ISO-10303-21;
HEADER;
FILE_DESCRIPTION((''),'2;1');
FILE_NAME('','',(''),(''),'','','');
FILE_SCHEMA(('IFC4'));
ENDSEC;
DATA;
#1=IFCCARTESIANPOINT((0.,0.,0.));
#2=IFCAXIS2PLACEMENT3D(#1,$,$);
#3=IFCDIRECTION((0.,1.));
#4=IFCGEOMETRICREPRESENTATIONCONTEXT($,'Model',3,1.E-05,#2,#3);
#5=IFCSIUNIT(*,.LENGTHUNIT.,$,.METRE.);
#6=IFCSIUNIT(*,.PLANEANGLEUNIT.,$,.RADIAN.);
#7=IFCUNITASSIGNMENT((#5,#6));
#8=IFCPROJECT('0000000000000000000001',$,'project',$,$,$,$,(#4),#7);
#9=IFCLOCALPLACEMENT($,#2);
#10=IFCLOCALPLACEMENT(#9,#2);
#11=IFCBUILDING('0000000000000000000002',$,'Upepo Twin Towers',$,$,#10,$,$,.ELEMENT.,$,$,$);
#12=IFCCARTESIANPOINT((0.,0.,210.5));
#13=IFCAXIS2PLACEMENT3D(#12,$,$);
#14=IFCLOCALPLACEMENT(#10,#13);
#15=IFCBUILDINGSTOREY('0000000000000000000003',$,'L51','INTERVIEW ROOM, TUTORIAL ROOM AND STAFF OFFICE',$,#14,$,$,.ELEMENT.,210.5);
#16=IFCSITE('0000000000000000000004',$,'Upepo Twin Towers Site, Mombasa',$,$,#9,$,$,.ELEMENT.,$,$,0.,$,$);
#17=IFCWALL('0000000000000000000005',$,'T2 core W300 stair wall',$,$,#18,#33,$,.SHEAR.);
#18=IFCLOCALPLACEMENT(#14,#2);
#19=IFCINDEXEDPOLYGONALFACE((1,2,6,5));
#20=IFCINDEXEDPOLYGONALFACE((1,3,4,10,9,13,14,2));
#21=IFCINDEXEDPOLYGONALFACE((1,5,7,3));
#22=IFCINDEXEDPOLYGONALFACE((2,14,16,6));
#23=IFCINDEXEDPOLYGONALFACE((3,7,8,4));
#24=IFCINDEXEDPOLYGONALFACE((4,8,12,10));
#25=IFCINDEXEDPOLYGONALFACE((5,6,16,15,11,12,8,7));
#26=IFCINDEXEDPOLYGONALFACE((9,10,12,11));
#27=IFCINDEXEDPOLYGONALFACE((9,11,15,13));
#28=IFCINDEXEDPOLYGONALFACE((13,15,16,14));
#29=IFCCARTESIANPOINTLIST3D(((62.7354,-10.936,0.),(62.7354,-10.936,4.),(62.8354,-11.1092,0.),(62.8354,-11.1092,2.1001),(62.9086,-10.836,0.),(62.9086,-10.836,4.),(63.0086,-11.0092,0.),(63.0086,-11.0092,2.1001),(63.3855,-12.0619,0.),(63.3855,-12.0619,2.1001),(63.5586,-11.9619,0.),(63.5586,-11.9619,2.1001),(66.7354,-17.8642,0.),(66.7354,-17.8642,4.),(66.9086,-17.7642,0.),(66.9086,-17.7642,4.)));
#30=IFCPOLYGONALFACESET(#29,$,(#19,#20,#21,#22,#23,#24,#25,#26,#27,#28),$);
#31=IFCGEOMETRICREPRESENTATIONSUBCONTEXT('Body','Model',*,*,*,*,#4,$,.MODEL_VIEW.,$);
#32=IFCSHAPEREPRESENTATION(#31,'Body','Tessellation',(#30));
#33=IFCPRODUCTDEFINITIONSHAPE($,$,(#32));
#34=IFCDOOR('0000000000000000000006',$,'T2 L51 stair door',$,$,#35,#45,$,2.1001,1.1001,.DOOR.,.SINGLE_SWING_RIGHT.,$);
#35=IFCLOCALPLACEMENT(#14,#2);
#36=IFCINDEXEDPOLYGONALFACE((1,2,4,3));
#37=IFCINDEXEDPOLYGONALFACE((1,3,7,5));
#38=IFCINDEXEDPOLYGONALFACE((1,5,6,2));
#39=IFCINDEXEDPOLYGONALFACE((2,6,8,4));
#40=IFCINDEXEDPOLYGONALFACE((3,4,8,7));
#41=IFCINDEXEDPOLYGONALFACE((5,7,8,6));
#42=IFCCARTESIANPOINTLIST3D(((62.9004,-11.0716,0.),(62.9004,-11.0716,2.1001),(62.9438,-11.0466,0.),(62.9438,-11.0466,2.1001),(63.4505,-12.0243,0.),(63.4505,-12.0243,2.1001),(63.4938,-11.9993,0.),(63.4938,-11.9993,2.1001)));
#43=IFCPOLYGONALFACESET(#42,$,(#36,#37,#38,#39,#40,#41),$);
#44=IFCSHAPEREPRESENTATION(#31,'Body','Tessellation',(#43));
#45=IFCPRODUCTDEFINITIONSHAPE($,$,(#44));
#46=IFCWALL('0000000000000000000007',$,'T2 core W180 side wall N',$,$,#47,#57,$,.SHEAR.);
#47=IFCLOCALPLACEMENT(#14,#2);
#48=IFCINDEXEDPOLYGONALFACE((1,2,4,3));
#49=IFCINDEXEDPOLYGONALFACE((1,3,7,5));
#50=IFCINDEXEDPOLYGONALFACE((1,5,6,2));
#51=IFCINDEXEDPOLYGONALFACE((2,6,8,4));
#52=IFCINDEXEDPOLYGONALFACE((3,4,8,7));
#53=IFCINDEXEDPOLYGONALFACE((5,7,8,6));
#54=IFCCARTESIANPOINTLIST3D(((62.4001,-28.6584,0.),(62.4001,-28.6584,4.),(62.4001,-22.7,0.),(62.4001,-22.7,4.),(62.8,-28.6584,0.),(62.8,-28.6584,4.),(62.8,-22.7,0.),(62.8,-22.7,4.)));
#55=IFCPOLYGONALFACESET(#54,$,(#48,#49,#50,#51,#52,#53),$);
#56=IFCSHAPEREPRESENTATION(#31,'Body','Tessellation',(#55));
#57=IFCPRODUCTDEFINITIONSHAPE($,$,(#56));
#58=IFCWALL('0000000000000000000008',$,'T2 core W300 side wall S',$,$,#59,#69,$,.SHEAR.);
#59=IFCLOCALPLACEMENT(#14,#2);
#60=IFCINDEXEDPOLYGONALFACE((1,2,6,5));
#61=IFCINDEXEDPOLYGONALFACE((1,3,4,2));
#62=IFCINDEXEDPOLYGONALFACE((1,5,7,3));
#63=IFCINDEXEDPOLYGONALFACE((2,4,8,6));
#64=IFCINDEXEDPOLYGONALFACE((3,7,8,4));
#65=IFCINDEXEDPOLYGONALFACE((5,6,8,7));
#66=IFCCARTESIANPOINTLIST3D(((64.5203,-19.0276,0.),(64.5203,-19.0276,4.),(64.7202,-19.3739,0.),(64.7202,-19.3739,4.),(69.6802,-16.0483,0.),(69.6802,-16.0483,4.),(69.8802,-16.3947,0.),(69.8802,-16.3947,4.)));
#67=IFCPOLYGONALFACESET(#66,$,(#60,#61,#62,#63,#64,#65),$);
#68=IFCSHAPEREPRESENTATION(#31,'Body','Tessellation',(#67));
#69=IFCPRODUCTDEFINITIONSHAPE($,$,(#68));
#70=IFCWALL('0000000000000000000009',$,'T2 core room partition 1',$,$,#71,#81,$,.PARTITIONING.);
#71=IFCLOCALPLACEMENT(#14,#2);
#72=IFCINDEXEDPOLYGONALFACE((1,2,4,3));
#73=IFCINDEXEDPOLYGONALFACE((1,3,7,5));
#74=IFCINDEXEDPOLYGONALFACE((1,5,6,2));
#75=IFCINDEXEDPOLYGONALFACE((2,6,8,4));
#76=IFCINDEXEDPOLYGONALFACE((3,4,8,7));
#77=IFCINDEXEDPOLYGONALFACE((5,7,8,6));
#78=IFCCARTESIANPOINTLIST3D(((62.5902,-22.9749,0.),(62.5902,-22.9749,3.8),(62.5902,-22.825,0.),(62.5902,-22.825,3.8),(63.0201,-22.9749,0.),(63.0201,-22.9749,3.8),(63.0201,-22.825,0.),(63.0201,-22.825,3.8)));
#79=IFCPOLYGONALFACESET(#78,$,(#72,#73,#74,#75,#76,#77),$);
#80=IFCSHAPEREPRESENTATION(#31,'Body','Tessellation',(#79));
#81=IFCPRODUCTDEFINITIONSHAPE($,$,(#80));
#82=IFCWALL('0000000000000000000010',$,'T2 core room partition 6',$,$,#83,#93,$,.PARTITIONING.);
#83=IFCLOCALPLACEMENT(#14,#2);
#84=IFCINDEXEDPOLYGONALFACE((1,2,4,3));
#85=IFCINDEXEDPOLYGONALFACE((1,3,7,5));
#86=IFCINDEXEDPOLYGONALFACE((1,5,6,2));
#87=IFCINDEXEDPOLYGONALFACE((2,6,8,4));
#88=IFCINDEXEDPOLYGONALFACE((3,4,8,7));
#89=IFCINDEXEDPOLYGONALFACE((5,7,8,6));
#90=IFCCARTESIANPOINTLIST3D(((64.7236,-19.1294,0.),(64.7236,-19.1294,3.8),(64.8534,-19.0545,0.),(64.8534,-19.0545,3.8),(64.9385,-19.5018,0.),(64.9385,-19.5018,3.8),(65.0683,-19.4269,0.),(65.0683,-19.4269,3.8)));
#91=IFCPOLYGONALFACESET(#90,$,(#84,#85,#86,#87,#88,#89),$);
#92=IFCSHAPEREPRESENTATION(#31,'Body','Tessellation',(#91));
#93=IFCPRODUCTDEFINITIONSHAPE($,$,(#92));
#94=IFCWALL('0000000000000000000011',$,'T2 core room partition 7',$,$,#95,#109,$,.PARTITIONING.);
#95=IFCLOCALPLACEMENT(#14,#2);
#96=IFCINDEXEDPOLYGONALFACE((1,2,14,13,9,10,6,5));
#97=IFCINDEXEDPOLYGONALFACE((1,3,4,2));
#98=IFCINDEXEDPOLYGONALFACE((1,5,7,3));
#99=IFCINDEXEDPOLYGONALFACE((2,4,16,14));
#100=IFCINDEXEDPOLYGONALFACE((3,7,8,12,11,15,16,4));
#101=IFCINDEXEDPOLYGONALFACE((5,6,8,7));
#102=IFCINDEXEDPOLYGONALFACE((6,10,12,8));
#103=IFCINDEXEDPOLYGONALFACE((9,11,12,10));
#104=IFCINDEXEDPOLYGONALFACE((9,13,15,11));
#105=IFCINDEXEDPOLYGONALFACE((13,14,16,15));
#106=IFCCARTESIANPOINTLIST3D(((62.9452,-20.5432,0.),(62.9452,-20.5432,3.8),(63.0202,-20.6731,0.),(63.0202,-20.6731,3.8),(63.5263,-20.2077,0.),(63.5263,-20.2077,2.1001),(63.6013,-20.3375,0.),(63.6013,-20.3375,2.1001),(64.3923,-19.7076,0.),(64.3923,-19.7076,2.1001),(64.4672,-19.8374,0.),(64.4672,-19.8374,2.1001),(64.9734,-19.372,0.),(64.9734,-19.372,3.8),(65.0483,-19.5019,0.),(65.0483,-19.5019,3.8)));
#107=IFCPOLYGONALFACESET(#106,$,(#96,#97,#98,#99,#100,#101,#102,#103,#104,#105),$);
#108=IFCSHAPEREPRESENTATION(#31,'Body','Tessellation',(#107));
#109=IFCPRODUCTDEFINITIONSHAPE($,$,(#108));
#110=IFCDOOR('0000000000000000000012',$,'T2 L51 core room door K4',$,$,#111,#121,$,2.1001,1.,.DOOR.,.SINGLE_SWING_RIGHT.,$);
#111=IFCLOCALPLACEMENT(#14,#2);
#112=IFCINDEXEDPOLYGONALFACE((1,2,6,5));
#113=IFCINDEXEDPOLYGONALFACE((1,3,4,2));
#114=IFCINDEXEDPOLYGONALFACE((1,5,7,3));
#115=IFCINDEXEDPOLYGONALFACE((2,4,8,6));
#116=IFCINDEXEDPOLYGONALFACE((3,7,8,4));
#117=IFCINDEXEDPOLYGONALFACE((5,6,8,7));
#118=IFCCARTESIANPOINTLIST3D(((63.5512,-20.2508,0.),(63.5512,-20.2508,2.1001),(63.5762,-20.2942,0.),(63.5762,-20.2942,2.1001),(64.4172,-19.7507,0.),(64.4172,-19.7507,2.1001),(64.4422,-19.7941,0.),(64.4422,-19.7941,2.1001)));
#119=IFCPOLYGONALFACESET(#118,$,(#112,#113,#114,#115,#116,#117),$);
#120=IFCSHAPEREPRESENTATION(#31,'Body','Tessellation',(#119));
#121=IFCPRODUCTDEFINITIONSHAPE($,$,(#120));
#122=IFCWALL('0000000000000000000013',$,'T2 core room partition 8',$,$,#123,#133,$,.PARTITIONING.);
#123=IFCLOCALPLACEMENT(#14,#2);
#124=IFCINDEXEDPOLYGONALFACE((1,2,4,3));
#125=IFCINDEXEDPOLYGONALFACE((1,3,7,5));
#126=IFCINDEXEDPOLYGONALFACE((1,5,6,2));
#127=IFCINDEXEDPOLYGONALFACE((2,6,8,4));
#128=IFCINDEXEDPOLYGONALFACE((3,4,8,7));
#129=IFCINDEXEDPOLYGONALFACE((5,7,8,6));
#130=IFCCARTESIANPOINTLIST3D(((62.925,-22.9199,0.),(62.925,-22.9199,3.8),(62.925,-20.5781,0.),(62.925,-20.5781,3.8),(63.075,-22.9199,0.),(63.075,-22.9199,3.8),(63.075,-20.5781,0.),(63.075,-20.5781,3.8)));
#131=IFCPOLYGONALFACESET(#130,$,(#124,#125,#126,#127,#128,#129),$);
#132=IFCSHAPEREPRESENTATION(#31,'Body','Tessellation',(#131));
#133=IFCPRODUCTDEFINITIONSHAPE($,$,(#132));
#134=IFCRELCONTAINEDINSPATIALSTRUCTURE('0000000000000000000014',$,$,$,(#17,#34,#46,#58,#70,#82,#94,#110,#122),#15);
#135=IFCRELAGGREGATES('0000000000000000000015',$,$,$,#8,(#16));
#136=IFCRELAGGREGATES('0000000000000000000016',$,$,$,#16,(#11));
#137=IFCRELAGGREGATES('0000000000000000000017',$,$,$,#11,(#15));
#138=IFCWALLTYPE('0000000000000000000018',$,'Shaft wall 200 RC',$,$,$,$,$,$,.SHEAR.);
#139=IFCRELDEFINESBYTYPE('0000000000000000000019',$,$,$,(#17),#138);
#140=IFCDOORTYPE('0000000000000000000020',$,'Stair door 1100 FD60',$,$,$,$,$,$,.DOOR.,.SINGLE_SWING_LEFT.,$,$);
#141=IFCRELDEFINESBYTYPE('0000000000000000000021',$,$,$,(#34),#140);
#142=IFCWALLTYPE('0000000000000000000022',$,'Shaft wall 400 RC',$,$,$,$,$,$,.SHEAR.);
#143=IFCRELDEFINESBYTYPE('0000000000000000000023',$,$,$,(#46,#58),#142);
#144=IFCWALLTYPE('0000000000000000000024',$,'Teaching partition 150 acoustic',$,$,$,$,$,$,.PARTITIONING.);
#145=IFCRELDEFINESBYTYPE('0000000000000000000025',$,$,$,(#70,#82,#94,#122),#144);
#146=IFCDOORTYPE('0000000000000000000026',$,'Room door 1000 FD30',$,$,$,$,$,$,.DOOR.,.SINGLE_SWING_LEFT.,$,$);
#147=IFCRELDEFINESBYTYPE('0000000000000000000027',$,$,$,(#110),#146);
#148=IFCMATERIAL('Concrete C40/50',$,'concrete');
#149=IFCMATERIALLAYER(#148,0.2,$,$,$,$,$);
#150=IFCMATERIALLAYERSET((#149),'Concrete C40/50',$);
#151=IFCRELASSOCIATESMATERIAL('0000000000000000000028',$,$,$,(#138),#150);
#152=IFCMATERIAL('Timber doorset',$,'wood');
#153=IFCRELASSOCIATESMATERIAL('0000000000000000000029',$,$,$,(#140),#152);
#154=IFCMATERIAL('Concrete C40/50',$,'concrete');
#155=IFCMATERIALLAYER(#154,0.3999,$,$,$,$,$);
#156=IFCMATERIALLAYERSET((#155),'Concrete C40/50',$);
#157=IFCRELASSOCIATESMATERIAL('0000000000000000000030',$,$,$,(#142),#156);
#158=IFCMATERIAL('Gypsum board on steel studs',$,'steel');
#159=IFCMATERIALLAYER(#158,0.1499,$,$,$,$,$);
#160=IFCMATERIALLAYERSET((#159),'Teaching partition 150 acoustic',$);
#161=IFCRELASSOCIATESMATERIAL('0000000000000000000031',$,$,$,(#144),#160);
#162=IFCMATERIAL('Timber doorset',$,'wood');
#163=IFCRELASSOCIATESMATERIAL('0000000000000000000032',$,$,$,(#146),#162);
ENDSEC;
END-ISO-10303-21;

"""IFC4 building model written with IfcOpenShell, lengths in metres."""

from ifc_helpers import new_model, si_unit, direction, frame, frame_2d, origin, place, context, subcontext, project, spatial, rectangle, extrude, material, layer, layer_set, type_object, element, fill, save


model = new_model("IFC4")

# Units and contexts
model_context = context("Model", 3, precision=1e-05, world=origin(), true_north=direction((0.0, 1.0)))
body_context = subcontext(model_context, "Body", "Model", "MODEL_VIEW")
ifc_project = project(units=[si_unit("LENGTHUNIT", "METRE"), si_unit("PLANEANGLEUNIT", "RADIAN")], contexts=[model_context])

# Site, building, storey
site_placement = place(None, origin())
site = spatial("IfcSite", under=ifc_project, at=site_placement, Name="Upepo Twin Towers Site, Mombasa", CompositionType="ELEMENT", RefElevation=0.0)
building_placement = place(site_placement, origin())
building = spatial("IfcBuilding", under=site, at=building_placement, Name="Upepo Twin Towers", CompositionType="ELEMENT")
storey_placement = place(building_placement, frame((0.0, 0.0, 210.5)))
storey = spatial("IfcBuildingStorey", under=building, at=storey_placement, Name="L51", Description="INTERVIEW ROOM, TUTORIAL ROOM AND STAFF OFFICE", CompositionType="ELEMENT", Elevation=210.5)

# Shared definitions
ifc_material_1 = material(Name="Concrete C40/50", Category="concrete")
ifc_layer_1 = layer(ifc_material_1, 0.2)
ifc_layer_set_1 = layer_set([ifc_layer_1], Name="Concrete C40/50")
wall_type_1 = type_object("IfcWallType", Name="Shaft wall 200 RC", PredefinedType="SHEAR", material=ifc_layer_set_1)

# Wall, opening, door
wall_1_placement = place(storey_placement, frame((66.822, -17.8142, 0.0), z_axis=(0.0, 0.0, 1.0), x_axis=(-0.499999, 0.866026, 0.0)))
wall_1 = element("IfcWall", 1, at=wall_1_placement, inside=storey, type_object=wall_type_1, Name="T2 core W300 stair wall", PredefinedType="SHEAR", context=body_context, shape_type="SweptSolid", body=[
    extrude(rectangle(XDim=8.0, YDim=0.2, at=frame_2d((4.0, 0.0))), origin(), (0.0, 0.0, 1.0), 4.0),
])
opening_1_placement = place(wall_1_placement, frame((6.7, 0.0, 0.0)))
opening_1 = element("IfcOpeningElement", 2, at=opening_1_placement, cuts=wall_1, PredefinedType="OPENING", context=body_context, shape_type="SweptSolid", body=[
    extrude(rectangle(XDim=1.1001, YDim=2.1001, at=frame_2d((0.55, 1.05))), frame((0.0, 0.1099, 0.0), z_axis=(0.0, -1.0, 0.0), x_axis=(1.0, 0.0, 0.0)), (0.0, 0.0, 1.0), 0.22),
])
ifc_material_2 = material(Name="Timber doorset", Category="wood")
door_type_1 = type_object("IfcDoorType", Name="Stair door 1100 FD60", OperationType="SINGLE_SWING_LEFT", PredefinedType="DOOR", material=ifc_material_2)
door_1_placement = place(opening_1_placement, origin())
door_1 = element("IfcDoor", 3, at=door_1_placement, inside=storey, type_object=door_type_1, Name="T2 L51 stair door", OperationType="SINGLE_SWING_RIGHT", OverallHeight=2.1001, OverallWidth=1.1001, PredefinedType="DOOR", context=body_context, shape_type="SweptSolid", body=[
    extrude(rectangle(XDim=1.1001, YDim=2.1001, at=frame_2d((0.55, 1.05))), frame((0.0, 0.0249, 0.0), z_axis=(0.0, -1.0, 0.0), x_axis=(1.0, 0.0, 0.0)), (0.0, 0.0, 1.0), 0.05),
])
fill(opening_1, door_1)

# Walls
ifc_material_3 = material(Name="Concrete C40/50", Category="concrete")
ifc_layer_2 = layer(ifc_material_3, 0.3999)
ifc_layer_set_2 = layer_set([ifc_layer_2], Name="Concrete C40/50")
wall_type_2 = type_object("IfcWallType", Name="Shaft wall 400 RC", PredefinedType="SHEAR", material=ifc_layer_set_2)
wall_2_placement = place(storey_placement, frame((62.6001, -22.7, 0.0), z_axis=(0.0, 0.0, 1.0), x_axis=(0.0, -1.0, 0.0)))
element("IfcWall", 4, at=wall_2_placement, inside=storey, type_object=wall_type_2, Name="T2 core W180 side wall N", PredefinedType="SHEAR", context=body_context, shape_type="SweptSolid", body=[
    extrude(rectangle(XDim=5.9585, YDim=0.3999, at=frame_2d((2.9792, 0.0))), origin(), (0.0, 0.0, 1.0), 4.0),
])
wall_3_placement = place(storey_placement, frame((64.6204, -19.2007, 0.0), z_axis=(0.0, 0.0, 1.0), x_axis=(0.866013, 0.500022, 0.0)))
element("IfcWall", 5, at=wall_3_placement, inside=storey, type_object=wall_type_2, Name="T2 core W300 side wall S", PredefinedType="SHEAR", context=body_context, shape_type="SweptSolid", body=[
    extrude(rectangle(XDim=5.9583, YDim=0.3999, at=frame_2d((2.979, 0.0))), origin(), (0.0, 0.0, 1.0), 4.0),
])
ifc_material_4 = material(Name="Gypsum board on steel studs", Category="steel")
ifc_layer_3 = layer(ifc_material_4, 0.1499)
ifc_layer_set_3 = layer_set([ifc_layer_3], Name="Teaching partition 150 acoustic")
wall_type_3 = type_object("IfcWallType", Name="Teaching partition 150 acoustic", PredefinedType="PARTITIONING", material=ifc_layer_set_3)
for number, where, z_axis, x_axis, name in (
    (6, (63.02, -22.8999, 0.0), (0.0, 0.0, 1.0), (-1.0, 0.0, 0.0), "T2 core room partition 1"),
    (7, (64.7886, -19.092, 0.0), (0.0, 0.0, 1.0), (0.499804, -0.866138, 0.0), "T2 core room partition 6"),
):
    element("IfcWall", number, at=place(storey_placement, frame(where, z_axis=z_axis, x_axis=x_axis)), inside=storey, type_object=wall_type_3, Name=name, PredefinedType="PARTITIONING", context=body_context, shape_type="SweptSolid", body=[
        extrude(rectangle(XDim=0.4299, YDim=0.1499, at=frame_2d((0.2148, 0.0))), origin(), (0.0, 0.0, 1.0), 3.8),
    ])

# Wall, opening, door
wall_4_placement = place(storey_placement, frame((65.0107, -19.437, 0.0), z_axis=(0.0, 0.0, 1.0), x_axis=(-0.865982, -0.500074, 0.0)))
wall_4 = element("IfcWall", 8, at=wall_4_placement, inside=storey, type_object=wall_type_3, Name="T2 core room partition 7", PredefinedType="PARTITIONING", context=body_context, shape_type="SweptSolid", body=[
    extrude(rectangle(XDim=2.342, YDim=0.1499, at=frame_2d((1.1709, 0.0))), origin(), (0.0, 0.0, 1.0), 3.8),
])
opening_2_placement = place(wall_4_placement, frame((0.6709, 0.0, 0.0)))
opening_2 = element("IfcOpeningElement", 9, at=opening_2_placement, cuts=wall_4, PredefinedType="OPENING", context=body_context, shape_type="SweptSolid", body=[
    extrude(rectangle(XDim=1.0, YDim=2.1001, at=frame_2d((0.5, 1.05))), frame((0.0, 0.085, 0.0), z_axis=(0.0, -1.0, 0.0), x_axis=(1.0, 0.0, 0.0)), (0.0, 0.0, 1.0), 0.1699),
])
ifc_material_5 = material(Name="Timber doorset", Category="wood")
door_type_2 = type_object("IfcDoorType", Name="Room door 1000 FD30", OperationType="SINGLE_SWING_LEFT", PredefinedType="DOOR", material=ifc_material_5)
door_2_placement = place(opening_2_placement, origin())
door_2 = element("IfcDoor", 10, at=door_2_placement, inside=storey, type_object=door_type_2, Name="T2 L51 core room door K4", OperationType="SINGLE_SWING_RIGHT", OverallHeight=2.1001, OverallWidth=1.0, PredefinedType="DOOR", context=body_context, shape_type="SweptSolid", body=[
    extrude(rectangle(XDim=1.0, YDim=2.1001, at=frame_2d((0.5, 1.05))), frame((0.0, 0.0249, 0.0), z_axis=(0.0, -1.0, 0.0), x_axis=(1.0, 0.0, 0.0)), (0.0, 0.0, 1.0), 0.05),
])
fill(opening_2, door_2)

# Wall
wall_5_placement = place(storey_placement, frame((63.0, -20.5781, 0.0), z_axis=(0.0, 0.0, 1.0), x_axis=(0.0, -1.0, 0.0)))
element("IfcWall", 11, at=wall_5_placement, inside=storey, type_object=wall_type_3, Name="T2 core room partition 8", PredefinedType="PARTITIONING", context=body_context, shape_type="SweptSolid", body=[
    extrude(rectangle(XDim=2.3418, YDim=0.1499, at=frame_2d((1.1709, 0.0))), origin(), (0.0, 0.0, 1.0), 3.8),
])

save(model, "model.ifc")
